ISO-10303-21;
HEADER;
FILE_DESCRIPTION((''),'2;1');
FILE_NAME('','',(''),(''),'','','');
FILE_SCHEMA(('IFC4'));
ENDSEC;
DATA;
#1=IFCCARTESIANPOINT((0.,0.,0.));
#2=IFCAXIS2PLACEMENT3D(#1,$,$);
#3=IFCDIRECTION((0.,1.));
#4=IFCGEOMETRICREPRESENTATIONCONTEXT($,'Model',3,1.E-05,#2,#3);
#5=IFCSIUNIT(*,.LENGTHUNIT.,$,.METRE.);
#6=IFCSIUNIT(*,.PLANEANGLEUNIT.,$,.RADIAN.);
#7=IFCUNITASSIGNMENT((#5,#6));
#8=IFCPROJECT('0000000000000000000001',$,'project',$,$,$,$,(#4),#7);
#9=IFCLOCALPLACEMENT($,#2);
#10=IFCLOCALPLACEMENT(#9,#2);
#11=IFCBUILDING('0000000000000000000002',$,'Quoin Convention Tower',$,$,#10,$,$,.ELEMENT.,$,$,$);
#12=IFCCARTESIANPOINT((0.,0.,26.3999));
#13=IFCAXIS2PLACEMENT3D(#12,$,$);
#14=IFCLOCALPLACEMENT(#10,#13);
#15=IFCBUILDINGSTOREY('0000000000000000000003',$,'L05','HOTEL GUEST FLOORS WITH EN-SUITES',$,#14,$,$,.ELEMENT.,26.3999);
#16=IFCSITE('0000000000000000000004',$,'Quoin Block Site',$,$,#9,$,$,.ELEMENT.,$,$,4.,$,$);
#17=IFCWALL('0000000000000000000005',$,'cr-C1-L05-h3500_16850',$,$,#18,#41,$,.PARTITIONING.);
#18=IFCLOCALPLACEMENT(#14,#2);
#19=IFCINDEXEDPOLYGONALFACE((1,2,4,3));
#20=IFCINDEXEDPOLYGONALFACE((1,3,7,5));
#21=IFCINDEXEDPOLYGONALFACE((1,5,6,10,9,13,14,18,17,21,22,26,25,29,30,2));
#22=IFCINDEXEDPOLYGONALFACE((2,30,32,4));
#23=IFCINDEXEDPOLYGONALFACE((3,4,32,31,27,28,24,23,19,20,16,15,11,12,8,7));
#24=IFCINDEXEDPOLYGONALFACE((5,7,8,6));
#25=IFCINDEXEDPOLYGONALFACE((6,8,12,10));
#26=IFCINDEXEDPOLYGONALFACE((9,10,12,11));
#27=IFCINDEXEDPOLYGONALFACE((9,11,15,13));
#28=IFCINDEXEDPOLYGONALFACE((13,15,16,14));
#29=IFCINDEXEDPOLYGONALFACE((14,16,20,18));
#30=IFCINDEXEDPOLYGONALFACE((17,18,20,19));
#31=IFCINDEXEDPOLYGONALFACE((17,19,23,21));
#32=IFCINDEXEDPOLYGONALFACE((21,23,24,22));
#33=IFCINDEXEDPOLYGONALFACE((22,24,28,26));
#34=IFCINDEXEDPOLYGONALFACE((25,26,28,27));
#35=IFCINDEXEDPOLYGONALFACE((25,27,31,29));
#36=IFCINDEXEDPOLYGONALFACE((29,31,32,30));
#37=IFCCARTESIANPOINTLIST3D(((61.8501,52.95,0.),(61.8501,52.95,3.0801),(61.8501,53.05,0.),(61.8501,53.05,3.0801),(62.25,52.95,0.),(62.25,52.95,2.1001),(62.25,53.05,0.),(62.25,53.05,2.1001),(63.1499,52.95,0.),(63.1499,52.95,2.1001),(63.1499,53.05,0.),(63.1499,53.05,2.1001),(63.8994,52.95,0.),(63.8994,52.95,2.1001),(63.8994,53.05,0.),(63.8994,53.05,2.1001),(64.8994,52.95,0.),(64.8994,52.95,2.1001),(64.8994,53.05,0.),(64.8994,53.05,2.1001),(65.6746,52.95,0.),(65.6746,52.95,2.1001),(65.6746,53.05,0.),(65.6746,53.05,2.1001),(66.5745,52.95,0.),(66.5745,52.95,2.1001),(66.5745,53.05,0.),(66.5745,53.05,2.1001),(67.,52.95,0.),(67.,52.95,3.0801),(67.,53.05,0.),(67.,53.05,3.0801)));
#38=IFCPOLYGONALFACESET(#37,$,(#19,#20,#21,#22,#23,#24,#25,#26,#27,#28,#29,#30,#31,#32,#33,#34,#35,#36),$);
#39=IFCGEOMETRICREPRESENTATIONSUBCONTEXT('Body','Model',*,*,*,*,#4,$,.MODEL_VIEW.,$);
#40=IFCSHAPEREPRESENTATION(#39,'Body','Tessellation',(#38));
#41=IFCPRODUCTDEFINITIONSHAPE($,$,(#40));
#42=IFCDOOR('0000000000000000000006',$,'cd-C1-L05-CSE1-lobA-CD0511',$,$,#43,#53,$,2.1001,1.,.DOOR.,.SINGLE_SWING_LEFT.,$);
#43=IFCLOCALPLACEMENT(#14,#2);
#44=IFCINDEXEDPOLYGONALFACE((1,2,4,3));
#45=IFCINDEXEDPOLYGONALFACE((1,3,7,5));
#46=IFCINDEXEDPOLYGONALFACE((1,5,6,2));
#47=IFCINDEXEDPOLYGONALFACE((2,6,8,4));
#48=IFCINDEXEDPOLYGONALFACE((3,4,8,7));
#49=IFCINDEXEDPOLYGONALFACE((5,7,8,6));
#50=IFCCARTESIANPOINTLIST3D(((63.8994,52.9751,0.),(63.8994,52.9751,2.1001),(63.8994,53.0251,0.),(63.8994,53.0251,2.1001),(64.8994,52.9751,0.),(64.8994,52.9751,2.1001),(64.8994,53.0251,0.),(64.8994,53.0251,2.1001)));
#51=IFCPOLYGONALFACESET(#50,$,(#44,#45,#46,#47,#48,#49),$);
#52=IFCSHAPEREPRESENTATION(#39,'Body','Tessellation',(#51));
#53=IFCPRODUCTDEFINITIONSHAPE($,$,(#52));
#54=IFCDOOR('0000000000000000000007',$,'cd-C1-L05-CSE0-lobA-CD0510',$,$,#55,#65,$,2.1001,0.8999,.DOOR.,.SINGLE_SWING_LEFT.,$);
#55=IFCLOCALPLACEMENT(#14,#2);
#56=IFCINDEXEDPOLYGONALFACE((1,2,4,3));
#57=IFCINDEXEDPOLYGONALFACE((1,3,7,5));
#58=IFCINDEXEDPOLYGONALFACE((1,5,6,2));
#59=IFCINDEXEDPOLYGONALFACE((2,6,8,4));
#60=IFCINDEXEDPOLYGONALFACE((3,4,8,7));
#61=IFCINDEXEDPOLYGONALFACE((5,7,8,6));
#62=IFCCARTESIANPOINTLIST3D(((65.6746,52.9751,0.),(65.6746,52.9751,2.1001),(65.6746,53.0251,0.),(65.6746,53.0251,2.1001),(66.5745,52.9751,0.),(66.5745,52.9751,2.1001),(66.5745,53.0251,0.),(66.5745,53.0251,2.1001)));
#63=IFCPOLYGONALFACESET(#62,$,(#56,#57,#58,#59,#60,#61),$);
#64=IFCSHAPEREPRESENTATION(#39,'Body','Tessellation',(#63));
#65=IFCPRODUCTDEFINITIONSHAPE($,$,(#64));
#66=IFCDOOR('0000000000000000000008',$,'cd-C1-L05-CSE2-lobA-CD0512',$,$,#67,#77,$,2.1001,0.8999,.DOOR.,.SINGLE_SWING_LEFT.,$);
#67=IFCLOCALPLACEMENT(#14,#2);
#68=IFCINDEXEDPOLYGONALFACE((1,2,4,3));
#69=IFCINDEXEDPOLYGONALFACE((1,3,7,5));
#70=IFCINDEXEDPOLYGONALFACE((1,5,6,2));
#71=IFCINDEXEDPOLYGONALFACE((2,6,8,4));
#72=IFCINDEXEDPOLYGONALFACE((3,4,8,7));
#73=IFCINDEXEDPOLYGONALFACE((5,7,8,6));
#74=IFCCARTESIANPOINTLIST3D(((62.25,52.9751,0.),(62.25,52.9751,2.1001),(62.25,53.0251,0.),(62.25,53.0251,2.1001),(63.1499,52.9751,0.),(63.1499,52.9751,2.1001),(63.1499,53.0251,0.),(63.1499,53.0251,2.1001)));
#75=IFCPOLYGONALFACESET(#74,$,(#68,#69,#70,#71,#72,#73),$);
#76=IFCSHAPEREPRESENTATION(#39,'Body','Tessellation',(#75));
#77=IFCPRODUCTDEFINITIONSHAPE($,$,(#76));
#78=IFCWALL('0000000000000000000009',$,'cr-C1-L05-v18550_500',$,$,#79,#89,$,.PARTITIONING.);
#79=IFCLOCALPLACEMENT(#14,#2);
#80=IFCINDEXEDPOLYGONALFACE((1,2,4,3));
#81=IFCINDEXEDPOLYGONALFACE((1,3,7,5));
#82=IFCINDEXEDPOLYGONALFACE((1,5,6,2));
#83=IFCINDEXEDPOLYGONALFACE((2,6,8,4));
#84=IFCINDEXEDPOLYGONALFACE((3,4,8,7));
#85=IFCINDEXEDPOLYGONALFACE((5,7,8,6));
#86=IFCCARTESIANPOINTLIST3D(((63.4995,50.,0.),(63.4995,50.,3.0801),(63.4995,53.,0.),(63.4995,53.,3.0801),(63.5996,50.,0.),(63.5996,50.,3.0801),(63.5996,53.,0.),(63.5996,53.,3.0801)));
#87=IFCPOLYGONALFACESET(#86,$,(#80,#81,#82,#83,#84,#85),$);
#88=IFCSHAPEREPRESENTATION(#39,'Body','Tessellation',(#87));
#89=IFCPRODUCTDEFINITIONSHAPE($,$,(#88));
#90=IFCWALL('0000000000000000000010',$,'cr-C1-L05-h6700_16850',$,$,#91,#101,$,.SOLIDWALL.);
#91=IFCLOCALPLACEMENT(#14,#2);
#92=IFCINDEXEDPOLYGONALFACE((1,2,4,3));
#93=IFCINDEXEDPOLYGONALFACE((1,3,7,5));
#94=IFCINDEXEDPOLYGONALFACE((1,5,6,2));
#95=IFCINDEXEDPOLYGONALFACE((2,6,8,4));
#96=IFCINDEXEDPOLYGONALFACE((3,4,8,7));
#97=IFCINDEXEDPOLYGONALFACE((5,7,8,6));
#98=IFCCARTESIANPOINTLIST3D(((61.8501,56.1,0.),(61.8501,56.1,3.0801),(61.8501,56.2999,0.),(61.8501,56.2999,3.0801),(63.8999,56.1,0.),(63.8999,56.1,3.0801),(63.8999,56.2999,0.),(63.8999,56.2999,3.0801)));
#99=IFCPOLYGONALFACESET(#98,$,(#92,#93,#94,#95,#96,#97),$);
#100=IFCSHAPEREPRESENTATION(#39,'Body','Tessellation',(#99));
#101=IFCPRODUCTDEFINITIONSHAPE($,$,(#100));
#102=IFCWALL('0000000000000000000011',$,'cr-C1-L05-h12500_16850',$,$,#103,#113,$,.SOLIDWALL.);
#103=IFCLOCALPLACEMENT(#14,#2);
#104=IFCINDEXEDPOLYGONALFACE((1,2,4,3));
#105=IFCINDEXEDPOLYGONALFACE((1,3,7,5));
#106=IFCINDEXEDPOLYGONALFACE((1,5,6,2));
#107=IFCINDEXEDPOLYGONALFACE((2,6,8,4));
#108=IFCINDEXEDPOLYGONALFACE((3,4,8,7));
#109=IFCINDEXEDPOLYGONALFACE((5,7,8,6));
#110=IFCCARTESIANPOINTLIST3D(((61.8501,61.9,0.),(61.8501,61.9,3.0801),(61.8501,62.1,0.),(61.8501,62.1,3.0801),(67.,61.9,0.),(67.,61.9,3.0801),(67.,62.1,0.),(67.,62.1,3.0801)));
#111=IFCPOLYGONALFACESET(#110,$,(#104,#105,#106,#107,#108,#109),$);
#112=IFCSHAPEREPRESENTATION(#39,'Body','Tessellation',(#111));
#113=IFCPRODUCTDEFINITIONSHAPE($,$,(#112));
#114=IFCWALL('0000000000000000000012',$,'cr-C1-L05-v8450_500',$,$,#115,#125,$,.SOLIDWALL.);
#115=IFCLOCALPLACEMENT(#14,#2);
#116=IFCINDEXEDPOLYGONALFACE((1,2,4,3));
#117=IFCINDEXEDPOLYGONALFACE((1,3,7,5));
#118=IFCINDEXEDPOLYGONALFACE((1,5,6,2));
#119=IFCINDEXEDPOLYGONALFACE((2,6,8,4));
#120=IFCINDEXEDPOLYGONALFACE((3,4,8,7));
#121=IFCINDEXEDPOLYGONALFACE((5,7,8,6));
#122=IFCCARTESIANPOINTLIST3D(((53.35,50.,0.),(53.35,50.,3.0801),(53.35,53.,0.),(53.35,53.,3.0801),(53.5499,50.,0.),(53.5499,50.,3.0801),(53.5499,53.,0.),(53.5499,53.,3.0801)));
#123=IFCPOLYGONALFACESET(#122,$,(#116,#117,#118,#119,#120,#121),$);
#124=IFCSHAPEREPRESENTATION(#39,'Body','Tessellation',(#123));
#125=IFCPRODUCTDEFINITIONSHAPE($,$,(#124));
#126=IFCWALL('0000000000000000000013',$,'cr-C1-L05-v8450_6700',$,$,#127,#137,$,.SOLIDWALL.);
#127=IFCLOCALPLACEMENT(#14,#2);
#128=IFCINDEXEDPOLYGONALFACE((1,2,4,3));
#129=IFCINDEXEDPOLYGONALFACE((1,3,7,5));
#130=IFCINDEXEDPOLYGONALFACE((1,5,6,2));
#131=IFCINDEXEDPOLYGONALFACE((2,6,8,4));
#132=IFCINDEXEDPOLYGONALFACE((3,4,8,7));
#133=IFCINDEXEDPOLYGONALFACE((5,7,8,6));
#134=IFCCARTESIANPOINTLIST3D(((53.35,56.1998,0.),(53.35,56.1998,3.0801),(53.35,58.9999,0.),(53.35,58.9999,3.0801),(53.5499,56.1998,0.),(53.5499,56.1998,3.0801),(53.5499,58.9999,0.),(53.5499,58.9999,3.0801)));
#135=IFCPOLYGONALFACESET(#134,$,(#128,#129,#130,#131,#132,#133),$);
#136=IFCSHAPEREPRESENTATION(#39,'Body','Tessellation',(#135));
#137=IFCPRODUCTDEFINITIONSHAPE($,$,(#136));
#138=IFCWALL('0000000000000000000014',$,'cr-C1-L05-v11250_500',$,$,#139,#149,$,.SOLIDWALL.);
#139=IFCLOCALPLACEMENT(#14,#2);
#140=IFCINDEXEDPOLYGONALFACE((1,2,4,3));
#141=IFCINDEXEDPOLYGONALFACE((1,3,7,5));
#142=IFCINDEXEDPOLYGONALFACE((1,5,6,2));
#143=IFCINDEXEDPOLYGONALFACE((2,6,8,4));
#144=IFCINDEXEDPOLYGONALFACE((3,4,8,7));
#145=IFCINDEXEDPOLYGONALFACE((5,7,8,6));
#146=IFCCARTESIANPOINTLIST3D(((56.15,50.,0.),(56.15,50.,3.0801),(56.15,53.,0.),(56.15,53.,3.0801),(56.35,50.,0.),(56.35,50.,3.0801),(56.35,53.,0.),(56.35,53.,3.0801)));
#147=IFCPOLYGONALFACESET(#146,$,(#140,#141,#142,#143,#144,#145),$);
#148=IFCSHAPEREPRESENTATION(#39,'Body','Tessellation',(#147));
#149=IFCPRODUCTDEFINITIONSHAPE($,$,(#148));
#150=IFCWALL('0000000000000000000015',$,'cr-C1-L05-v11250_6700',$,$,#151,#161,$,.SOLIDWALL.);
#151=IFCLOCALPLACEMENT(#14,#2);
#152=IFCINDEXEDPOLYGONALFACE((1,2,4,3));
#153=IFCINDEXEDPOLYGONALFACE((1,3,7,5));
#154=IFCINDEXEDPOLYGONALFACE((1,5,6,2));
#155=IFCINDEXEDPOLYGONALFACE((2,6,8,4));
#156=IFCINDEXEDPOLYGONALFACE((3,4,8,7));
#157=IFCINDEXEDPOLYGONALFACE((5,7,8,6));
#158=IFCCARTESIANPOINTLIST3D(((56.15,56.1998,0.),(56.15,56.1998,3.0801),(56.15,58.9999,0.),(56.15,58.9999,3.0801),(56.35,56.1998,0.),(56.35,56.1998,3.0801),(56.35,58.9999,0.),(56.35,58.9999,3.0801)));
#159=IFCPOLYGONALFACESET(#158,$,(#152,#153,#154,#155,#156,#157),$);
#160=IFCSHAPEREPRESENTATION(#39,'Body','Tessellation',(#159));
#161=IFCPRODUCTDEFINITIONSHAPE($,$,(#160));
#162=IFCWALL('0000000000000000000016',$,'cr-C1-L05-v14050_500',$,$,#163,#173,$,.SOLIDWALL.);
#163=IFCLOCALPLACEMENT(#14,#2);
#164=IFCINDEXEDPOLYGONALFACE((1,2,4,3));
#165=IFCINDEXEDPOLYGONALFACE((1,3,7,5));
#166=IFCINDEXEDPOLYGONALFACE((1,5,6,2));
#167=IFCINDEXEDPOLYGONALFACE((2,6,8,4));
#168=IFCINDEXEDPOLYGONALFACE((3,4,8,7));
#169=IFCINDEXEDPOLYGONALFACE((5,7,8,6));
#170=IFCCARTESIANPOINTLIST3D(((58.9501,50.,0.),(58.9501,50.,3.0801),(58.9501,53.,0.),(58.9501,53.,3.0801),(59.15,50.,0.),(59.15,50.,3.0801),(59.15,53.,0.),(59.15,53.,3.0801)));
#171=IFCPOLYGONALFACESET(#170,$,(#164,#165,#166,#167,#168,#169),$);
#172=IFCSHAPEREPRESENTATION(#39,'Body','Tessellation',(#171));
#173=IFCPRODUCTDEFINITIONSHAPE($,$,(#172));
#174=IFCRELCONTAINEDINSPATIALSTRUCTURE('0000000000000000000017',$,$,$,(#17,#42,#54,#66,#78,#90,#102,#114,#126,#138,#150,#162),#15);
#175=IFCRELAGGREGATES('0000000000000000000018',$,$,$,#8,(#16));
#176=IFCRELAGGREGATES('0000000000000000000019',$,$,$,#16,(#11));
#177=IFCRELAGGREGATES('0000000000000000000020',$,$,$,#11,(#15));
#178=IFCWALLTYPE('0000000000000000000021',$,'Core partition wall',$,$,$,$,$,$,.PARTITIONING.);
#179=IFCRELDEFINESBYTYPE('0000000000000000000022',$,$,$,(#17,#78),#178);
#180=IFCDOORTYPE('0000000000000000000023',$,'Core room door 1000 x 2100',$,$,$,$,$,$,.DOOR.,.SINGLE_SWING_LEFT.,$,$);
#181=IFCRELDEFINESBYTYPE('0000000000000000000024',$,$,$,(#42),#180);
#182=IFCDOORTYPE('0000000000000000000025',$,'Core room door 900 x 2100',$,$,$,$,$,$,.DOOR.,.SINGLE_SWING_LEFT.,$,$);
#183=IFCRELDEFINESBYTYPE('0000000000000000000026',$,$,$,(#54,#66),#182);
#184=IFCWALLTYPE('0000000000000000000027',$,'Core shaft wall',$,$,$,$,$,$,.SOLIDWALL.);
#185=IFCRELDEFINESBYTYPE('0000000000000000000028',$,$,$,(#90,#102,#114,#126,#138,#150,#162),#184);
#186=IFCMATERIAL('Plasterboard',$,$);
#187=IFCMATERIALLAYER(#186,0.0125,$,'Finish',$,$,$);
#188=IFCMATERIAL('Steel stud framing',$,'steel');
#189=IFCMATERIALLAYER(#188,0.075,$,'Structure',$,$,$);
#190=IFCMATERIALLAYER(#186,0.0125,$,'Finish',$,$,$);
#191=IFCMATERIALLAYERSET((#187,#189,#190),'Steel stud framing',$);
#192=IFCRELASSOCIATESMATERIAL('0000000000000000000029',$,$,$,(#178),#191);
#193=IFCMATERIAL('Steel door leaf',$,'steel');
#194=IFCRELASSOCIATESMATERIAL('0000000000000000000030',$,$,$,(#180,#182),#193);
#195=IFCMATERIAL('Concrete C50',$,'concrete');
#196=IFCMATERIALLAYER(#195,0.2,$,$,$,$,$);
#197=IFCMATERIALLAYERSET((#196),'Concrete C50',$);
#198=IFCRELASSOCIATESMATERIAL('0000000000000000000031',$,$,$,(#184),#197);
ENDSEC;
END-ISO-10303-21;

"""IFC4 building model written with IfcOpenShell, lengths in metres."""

from ifc_helpers import new_model, si_unit, direction, frame, frame_2d, origin, place, context, subcontext, project, spatial, rectangle, extrude, material, layer, layer_set, type_object, element, fill, save


model = new_model("IFC4")

# Units and contexts
model_context = context("Model", 3, precision=1e-05, world=origin(), true_north=direction((0.0, 1.0)))
body_context = subcontext(model_context, "Body", "Model", "MODEL_VIEW")
ifc_project = project(units=[si_unit("LENGTHUNIT", "METRE"), si_unit("PLANEANGLEUNIT", "RADIAN")], contexts=[model_context])

# Site, building, storey
site_placement = place(None, origin())
site = spatial("IfcSite", under=ifc_project, at=site_placement, Name="Quoin Block Site", CompositionType="ELEMENT", RefElevation=4.0)
building_placement = place(site_placement, origin())
building = spatial("IfcBuilding", under=site, at=building_placement, Name="Quoin Convention Tower", CompositionType="ELEMENT")
storey_placement = place(building_placement, frame((0.0, 0.0, 26.3999)))
storey = spatial("IfcBuildingStorey", under=building, at=storey_placement, Name="L05", Description="HOTEL GUEST FLOORS WITH EN-SUITES", CompositionType="ELEMENT", Elevation=26.3999)

# Wall, openings, doors
ifc_material_1 = material(Name="Plasterboard")
ifc_layer_1 = layer(ifc_material_1, 0.0125, Name="Finish")
ifc_material_2 = material(Name="Steel stud framing", Category="steel")
ifc_layer_2 = layer(ifc_material_2, 0.075, Name="Structure")
ifc_layer_3 = layer(ifc_material_1, 0.0125, Name="Finish")
ifc_layer_set_1 = layer_set([ifc_layer_1, ifc_layer_2, ifc_layer_3], Name="Steel stud framing")
wall_type_1 = type_object("IfcWallType", Name="Core partition wall", PredefinedType="PARTITIONING", material=ifc_layer_set_1)
wall_1_placement = place(storey_placement, frame((61.8501, 53.0, 0.0), z_axis=(0.0, 0.0, 1.0), x_axis=(1.0, 0.0, 0.0)))
wall_1 = element("IfcWall", 1, at=wall_1_placement, inside=storey, type_object=wall_type_1, Name="cr-C1-L05-h3500_16850", PredefinedType="PARTITIONING", context=body_context, shape_type="SweptSolid", body=[
    extrude(rectangle(XDim=5.1499, YDim=0.1001, at=frame_2d((2.575, 0.0))), origin(), (0.0, 0.0, 1.0), 3.0801),
])
opening_1_placement = place(wall_1_placement, frame((3.8245, 0.0, 0.0)))
opening_1 = element("IfcOpeningElement", 2, at=opening_1_placement, cuts=wall_1, PredefinedType="OPENING", context=body_context, shape_type="SweptSolid", body=[
    extrude(rectangle(XDim=0.8999, YDim=2.1001, at=frame_2d((0.45, 1.05))), frame((0.0, 0.0601, 0.0), z_axis=(0.0, -1.0, 0.0), x_axis=(1.0, 0.0, 0.0)), (0.0, 0.0, 1.0), 0.1201),
])
opening_2_placement = place(wall_1_placement, frame((2.0493, 0.0, 0.0)))
opening_2 = element("IfcOpeningElement", 3, at=opening_2_placement, cuts=wall_1, PredefinedType="OPENING", context=body_context, shape_type="SweptSolid", body=[
    extrude(rectangle(XDim=1.0, YDim=2.1001, at=frame_2d((0.5, 1.05))), frame((0.0, 0.0601, 0.0), z_axis=(0.0, -1.0, 0.0), x_axis=(1.0, 0.0, 0.0)), (0.0, 0.0, 1.0), 0.1201),
])
opening_3_placement = place(wall_1_placement, frame((0.3999, 0.0, 0.0)))
opening_3 = element("IfcOpeningElement", 4, at=opening_3_placement, cuts=wall_1, PredefinedType="OPENING", context=body_context, shape_type="SweptSolid", body=[
    extrude(rectangle(XDim=0.8999, YDim=2.1001, at=frame_2d((0.45, 1.05))), frame((0.0, 0.0601, 0.0), z_axis=(0.0, -1.0, 0.0), x_axis=(1.0, 0.0, 0.0)), (0.0, 0.0, 1.0), 0.1201),
])
ifc_material_3 = material(Name="Steel door leaf", Category="steel")
door_type_1 = type_object("IfcDoorType", Name="Core room door 1000 x 2100", OperationType="SINGLE_SWING_LEFT", PredefinedType="DOOR", material=ifc_material_3)
door_1_placement = place(opening_2_placement, frame((1.0, 0.0, 0.0), z_axis=(0.0, 0.0, 1.0), x_axis=(-1.0, 0.0, 0.0)))
door_1 = element("IfcDoor", 5, at=door_1_placement, inside=storey, type_object=door_type_1, Name="cd-C1-L05-CSE1-lobA-CD0511", OperationType="SINGLE_SWING_LEFT", OverallHeight=2.1001, OverallWidth=1.0, PredefinedType="DOOR", context=body_context, shape_type="SweptSolid", body=[
    extrude(rectangle(XDim=1.0, YDim=2.1001, at=frame_2d((0.5, 1.05))), frame((0.0, 0.0249, 0.0), z_axis=(0.0, -1.0, 0.0), x_axis=(1.0, 0.0, 0.0)), (0.0, 0.0, 1.0), 0.05),
])
fill(opening_2, door_1)
door_type_2 = type_object("IfcDoorType", Name="Core room door 900 x 2100", OperationType="SINGLE_SWING_LEFT", PredefinedType="DOOR", material=ifc_material_3)
door_2_placement = place(opening_1_placement, frame((0.8999, 0.0, 0.0), z_axis=(0.0, 0.0, 1.0), x_axis=(-1.0, 0.0, 0.0)))
door_2 = element("IfcDoor", 6, at=door_2_placement, inside=storey, type_object=door_type_2, Name="cd-C1-L05-CSE0-lobA-CD0510", OperationType="SINGLE_SWING_LEFT", OverallHeight=2.1001, OverallWidth=0.8999, PredefinedType="DOOR", context=body_context, shape_type="SweptSolid", body=[
    extrude(rectangle(XDim=0.8999, YDim=2.1001, at=frame_2d((0.45, 1.05))), frame((0.0, 0.0249, 0.0), z_axis=(0.0, -1.0, 0.0), x_axis=(1.0, 0.0, 0.0)), (0.0, 0.0, 1.0), 0.05),
])
fill(opening_1, door_2)
door_3_placement = place(opening_3_placement, frame((0.8999, 0.0, 0.0), z_axis=(0.0, 0.0, 1.0), x_axis=(-1.0, 0.0, 0.0)))
door_3 = element("IfcDoor", 7, at=door_3_placement, inside=storey, type_object=door_type_2, Name="cd-C1-L05-CSE2-lobA-CD0512", OperationType="SINGLE_SWING_LEFT", OverallHeight=2.1001, OverallWidth=0.8999, PredefinedType="DOOR", context=body_context, shape_type="SweptSolid", body=[
    extrude(rectangle(XDim=0.8999, YDim=2.1001, at=frame_2d((0.45, 1.05))), frame((0.0, 0.0249, 0.0), z_axis=(0.0, -1.0, 0.0), x_axis=(1.0, 0.0, 0.0)), (0.0, 0.0, 1.0), 0.05),
])
fill(opening_3, door_3)

# Walls
wall_2_placement = place(storey_placement, frame((63.5496, 50.0, 0.0), z_axis=(0.0, 0.0, 1.0), x_axis=(0.0, 1.0, 0.0)))
element("IfcWall", 8, at=wall_2_placement, inside=storey, type_object=wall_type_1, Name="cr-C1-L05-v18550_500", PredefinedType="PARTITIONING", context=body_context, shape_type="SweptSolid", body=[
    extrude(rectangle(XDim=3.0, YDim=0.1001, at=frame_2d((1.5, 0.0))), origin(), (0.0, 0.0, 1.0), 3.0801),
])
ifc_material_4 = material(Name="Concrete C50", Category="concrete")
ifc_layer_4 = layer(ifc_material_4, 0.2)
ifc_layer_set_2 = layer_set([ifc_layer_4], Name="Concrete C50")
wall_type_2 = type_object("IfcWallType", Name="Core shaft wall", PredefinedType="SOLIDWALL", material=ifc_layer_set_2)
wall_3_placement = place(storey_placement, frame((61.8501, 56.2, 0.0), z_axis=(0.0, 0.0, 1.0), x_axis=(1.0, 0.0, 0.0)))
element("IfcWall", 9, at=wall_3_placement, inside=storey, type_object=wall_type_2, Name="cr-C1-L05-h6700_16850", PredefinedType="SOLIDWALL", context=body_context, shape_type="SweptSolid", body=[
    extrude(rectangle(XDim=2.0498, YDim=0.2, at=frame_2d((1.0249, 0.0))), origin(), (0.0, 0.0, 1.0), 3.0801),
])
wall_4_placement = place(storey_placement, frame((61.8501, 62.0, 0.0), z_axis=(0.0, 0.0, 1.0), x_axis=(1.0, 0.0, 0.0)))
element("IfcWall", 10, at=wall_4_placement, inside=storey, type_object=wall_type_2, Name="cr-C1-L05-h12500_16850", PredefinedType="SOLIDWALL", context=body_context, shape_type="SweptSolid", body=[
    extrude(rectangle(XDim=5.1499, YDim=0.2, at=frame_2d((2.575, 0.0))), origin(), (0.0, 0.0, 1.0), 3.0801),
])
wall_5_placement = place(storey_placement, frame((53.45, 50.0, 0.0), z_axis=(0.0, 0.0, 1.0), x_axis=(0.0, 1.0, 0.0)))
element("IfcWall", 11, at=wall_5_placement, inside=storey, type_object=wall_type_2, Name="cr-C1-L05-v8450_500", PredefinedType="SOLIDWALL", context=body_context, shape_type="SweptSolid", body=[
    extrude(rectangle(XDim=3.0, YDim=0.2, at=frame_2d((1.5, 0.0))), origin(), (0.0, 0.0, 1.0), 3.0801),
])
wall_6_placement = place(storey_placement, frame((53.45, 56.2, 0.0), z_axis=(0.0, 0.0, 1.0), x_axis=(0.0, 1.0, 0.0)))
element("IfcWall", 12, at=wall_6_placement, inside=storey, type_object=wall_type_2, Name="cr-C1-L05-v8450_6700", PredefinedType="SOLIDWALL", context=body_context, shape_type="SweptSolid", body=[
    extrude(rectangle(XDim=2.8, YDim=0.2, at=frame_2d((1.3999, 0.0))), origin(), (0.0, 0.0, 1.0), 3.0801),
])
wall_7_placement = place(storey_placement, frame((56.25, 50.0, 0.0), z_axis=(0.0, 0.0, 1.0), x_axis=(0.0, 1.0, 0.0)))
element("IfcWall", 13, at=wall_7_placement, inside=storey, type_object=wall_type_2, Name="cr-C1-L05-v11250_500", PredefinedType="SOLIDWALL", context=body_context, shape_type="SweptSolid", body=[
    extrude(rectangle(XDim=3.0, YDim=0.2, at=frame_2d((1.5, 0.0))), origin(), (0.0, 0.0, 1.0), 3.0801),
])
wall_8_placement = place(storey_placement, frame((56.25, 56.2, 0.0), z_axis=(0.0, 0.0, 1.0), x_axis=(0.0, 1.0, 0.0)))
element("IfcWall", 14, at=wall_8_placement, inside=storey, type_object=wall_type_2, Name="cr-C1-L05-v11250_6700", PredefinedType="SOLIDWALL", context=body_context, shape_type="SweptSolid", body=[
    extrude(rectangle(XDim=2.8, YDim=0.2, at=frame_2d((1.3999, 0.0))), origin(), (0.0, 0.0, 1.0), 3.0801),
])
wall_9_placement = place(storey_placement, frame((59.05, 50.0, 0.0), z_axis=(0.0, 0.0, 1.0), x_axis=(0.0, 1.0, 0.0)))
element("IfcWall", 15, at=wall_9_placement, inside=storey, type_object=wall_type_2, Name="cr-C1-L05-v14050_500", PredefinedType="SOLIDWALL", context=body_context, shape_type="SweptSolid", body=[
    extrude(rectangle(XDim=3.0, YDim=0.2, at=frame_2d((1.5, 0.0))), origin(), (0.0, 0.0, 1.0), 3.0801),
])

save(model, "model.ifc")
